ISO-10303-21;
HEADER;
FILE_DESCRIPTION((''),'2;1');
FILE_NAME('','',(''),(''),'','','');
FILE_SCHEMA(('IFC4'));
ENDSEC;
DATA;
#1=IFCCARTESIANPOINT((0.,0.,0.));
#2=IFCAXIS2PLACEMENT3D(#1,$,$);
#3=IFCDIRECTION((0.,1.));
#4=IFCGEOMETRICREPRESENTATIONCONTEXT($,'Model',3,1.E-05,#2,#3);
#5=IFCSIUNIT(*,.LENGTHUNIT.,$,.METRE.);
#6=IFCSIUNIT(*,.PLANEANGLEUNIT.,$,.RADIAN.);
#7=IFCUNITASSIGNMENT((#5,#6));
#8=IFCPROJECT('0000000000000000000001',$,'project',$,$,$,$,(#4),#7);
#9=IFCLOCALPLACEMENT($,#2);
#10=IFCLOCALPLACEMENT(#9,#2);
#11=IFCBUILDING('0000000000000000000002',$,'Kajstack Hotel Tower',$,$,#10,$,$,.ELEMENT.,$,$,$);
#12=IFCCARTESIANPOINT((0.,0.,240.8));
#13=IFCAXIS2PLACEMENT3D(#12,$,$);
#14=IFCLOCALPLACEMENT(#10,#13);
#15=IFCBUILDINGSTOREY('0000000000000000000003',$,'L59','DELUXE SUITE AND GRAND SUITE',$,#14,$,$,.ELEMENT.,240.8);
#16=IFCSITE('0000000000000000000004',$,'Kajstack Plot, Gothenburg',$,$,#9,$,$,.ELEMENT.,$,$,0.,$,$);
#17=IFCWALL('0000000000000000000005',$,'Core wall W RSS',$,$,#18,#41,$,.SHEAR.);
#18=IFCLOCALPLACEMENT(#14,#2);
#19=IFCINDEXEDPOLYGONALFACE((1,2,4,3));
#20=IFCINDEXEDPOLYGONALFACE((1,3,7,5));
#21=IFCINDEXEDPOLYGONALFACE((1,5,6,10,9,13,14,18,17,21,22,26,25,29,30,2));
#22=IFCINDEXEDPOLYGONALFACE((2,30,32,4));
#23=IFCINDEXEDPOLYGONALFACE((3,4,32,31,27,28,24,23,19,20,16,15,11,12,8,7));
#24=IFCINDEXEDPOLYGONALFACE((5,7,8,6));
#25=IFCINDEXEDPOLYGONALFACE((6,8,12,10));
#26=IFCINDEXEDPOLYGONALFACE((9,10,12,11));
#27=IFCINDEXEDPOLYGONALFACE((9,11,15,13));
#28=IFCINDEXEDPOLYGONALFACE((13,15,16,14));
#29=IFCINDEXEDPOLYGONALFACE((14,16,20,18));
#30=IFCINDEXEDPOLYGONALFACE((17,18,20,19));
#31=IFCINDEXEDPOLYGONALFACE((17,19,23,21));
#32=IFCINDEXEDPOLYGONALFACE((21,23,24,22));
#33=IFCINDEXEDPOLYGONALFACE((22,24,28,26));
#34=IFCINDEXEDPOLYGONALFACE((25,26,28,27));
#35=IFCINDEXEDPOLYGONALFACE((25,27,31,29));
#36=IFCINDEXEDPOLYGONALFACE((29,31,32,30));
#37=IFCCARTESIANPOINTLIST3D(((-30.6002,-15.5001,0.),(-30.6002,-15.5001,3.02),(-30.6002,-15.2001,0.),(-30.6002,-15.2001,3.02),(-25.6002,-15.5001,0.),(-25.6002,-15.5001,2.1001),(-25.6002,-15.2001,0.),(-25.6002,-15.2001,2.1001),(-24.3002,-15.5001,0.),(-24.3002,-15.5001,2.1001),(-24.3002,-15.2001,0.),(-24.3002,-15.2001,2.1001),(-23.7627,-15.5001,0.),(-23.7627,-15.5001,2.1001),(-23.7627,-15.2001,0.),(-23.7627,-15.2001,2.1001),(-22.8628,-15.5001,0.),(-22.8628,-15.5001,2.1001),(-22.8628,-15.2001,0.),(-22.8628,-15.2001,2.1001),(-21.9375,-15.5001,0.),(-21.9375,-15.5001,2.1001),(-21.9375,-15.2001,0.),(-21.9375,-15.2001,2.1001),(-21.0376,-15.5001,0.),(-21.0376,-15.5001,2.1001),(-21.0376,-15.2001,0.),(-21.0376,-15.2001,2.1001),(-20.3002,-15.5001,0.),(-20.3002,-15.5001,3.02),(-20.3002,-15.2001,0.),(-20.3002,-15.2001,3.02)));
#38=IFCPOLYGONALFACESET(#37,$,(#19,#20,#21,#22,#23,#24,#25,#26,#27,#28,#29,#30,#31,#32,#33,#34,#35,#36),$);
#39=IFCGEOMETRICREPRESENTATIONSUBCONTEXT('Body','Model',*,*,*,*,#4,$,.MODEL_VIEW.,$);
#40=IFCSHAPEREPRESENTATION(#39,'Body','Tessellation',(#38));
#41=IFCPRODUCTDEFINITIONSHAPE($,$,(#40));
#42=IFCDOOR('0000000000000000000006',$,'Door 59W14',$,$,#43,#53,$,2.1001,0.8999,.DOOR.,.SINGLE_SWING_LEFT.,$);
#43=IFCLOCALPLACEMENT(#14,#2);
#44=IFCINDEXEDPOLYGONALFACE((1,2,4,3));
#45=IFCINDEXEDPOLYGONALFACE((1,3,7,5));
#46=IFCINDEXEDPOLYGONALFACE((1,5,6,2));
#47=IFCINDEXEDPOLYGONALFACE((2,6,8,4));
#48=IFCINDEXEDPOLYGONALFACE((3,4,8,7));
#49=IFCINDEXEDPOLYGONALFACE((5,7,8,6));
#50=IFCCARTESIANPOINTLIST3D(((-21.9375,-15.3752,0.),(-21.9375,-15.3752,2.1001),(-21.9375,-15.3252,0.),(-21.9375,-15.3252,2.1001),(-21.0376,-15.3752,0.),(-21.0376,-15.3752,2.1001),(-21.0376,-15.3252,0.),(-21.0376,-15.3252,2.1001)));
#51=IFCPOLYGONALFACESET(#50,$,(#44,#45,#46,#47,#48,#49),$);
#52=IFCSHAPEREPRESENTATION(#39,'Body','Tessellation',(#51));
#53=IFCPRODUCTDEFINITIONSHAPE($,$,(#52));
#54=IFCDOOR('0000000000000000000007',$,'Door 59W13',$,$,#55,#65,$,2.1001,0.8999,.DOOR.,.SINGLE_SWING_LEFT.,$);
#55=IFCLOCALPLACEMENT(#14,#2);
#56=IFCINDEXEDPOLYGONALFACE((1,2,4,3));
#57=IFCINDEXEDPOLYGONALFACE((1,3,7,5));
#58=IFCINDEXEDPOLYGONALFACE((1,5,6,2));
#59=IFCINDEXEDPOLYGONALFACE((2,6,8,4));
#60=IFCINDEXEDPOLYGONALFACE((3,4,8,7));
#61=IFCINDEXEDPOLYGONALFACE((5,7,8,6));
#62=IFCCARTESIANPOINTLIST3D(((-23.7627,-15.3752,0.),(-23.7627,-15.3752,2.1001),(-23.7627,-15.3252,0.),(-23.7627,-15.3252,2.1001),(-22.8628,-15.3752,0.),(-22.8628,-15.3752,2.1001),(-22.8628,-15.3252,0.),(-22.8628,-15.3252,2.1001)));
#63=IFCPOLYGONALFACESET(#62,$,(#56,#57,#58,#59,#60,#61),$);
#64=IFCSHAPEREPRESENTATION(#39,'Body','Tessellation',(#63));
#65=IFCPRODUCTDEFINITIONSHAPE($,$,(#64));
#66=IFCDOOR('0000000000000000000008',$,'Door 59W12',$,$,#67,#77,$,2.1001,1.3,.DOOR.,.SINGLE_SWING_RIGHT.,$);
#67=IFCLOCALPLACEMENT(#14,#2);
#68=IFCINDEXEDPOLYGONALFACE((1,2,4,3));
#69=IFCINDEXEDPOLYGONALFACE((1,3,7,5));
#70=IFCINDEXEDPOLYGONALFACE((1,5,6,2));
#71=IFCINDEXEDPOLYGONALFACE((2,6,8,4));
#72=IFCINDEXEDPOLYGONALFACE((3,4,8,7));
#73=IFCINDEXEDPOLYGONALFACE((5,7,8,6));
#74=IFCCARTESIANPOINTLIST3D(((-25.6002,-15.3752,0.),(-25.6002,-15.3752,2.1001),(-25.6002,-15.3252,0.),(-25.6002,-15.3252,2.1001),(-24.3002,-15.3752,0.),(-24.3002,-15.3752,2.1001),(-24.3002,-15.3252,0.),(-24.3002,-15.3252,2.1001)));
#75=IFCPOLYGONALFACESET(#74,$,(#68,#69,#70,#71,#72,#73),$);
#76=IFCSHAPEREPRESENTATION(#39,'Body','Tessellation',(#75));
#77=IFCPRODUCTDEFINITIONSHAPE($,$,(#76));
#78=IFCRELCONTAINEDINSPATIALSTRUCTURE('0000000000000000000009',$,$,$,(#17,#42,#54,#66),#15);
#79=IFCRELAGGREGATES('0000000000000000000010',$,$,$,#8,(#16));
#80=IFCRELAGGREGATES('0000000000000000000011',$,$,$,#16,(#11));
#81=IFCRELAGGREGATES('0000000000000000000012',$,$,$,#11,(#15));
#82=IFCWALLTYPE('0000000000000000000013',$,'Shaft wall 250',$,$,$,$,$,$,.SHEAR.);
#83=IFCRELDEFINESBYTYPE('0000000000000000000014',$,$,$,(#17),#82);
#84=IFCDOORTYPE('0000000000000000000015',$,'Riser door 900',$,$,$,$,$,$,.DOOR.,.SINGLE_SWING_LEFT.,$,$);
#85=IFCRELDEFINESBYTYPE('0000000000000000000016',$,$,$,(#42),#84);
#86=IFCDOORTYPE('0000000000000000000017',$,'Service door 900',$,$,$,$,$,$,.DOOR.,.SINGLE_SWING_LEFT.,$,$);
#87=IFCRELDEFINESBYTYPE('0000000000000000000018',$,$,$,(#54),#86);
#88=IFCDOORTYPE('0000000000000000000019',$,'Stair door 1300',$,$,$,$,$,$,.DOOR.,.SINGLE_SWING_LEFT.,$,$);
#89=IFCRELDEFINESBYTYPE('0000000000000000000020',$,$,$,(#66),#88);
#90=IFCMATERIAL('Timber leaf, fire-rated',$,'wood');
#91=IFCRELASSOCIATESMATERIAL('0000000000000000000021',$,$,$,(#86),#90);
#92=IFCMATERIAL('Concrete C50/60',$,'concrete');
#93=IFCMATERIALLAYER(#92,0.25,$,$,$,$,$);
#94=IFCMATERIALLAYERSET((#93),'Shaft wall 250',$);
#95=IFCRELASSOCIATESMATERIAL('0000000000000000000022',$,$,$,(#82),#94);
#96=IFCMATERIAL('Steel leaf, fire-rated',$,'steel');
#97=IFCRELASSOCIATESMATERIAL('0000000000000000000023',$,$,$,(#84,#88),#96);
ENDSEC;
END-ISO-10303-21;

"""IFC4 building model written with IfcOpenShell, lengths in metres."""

from ifc_helpers import new_model, si_unit, direction, frame, frame_2d, origin, place, context, subcontext, project, spatial, rectangle, extrude, material, layer, layer_set, type_object, element, fill, save


model = new_model("IFC4")

# Units and contexts
model_context = context("Model", 3, precision=1e-05, world=origin(), true_north=direction((0.0, 1.0)))
body_context = subcontext(model_context, "Body", "Model", "MODEL_VIEW")
ifc_project = project(units=[si_unit("LENGTHUNIT", "METRE"), si_unit("PLANEANGLEUNIT", "RADIAN")], contexts=[model_context])

# Site, building, storey
site_placement = place(None, origin())
site = spatial("IfcSite", under=ifc_project, at=site_placement, Name="Kajstack Plot, Gothenburg", CompositionType="ELEMENT", RefElevation=0.0)
building_placement = place(site_placement, origin())
building = spatial("IfcBuilding", under=site, at=building_placement, Name="Kajstack Hotel Tower", CompositionType="ELEMENT")
storey_placement = place(building_placement, frame((0.0, 0.0, 240.8)))
storey = spatial("IfcBuildingStorey", under=building, at=storey_placement, Name="L59", Description="DELUXE SUITE AND GRAND SUITE", CompositionType="ELEMENT", Elevation=240.8)

# Shared definitions
ifc_material_1 = material(Name="Timber leaf, fire-rated", Category="wood")
door_type_1 = type_object("IfcDoorType", Name="Service door 900", OperationType="SINGLE_SWING_LEFT", PredefinedType="DOOR", material=ifc_material_1)

# Wall, openings, doors
ifc_material_2 = material(Name="Concrete C50/60", Category="concrete")
ifc_layer_1 = layer(ifc_material_2, 0.25)
ifc_layer_set_1 = layer_set([ifc_layer_1], Name="Shaft wall 250")
wall_type_1 = type_object("IfcWallType", Name="Shaft wall 250", PredefinedType="SHEAR", material=ifc_layer_set_1)
wall_1_placement = place(storey_placement, frame((-30.6001, -15.3501, 0.0), z_axis=(0.0, 0.0, 1.0), x_axis=(1.0, 0.0, 0.0)))
wall_1 = element("IfcWall", 1, at=wall_1_placement, inside=storey, type_object=wall_type_1, Name="Core wall W RSS", PredefinedType="SHEAR", context=body_context, shape_type="SweptSolid", body=[
    extrude(rectangle(XDim=10.3, YDim=0.3, at=frame_2d((5.1499, 0.0))), origin(), (0.0, 0.0, 1.0), 3.02),
])
opening_1_placement = place(wall_1_placement, frame((5.0, 0.0, 0.0)))
opening_1 = element("IfcOpeningElement", 2, at=opening_1_placement, cuts=wall_1, PredefinedType="OPENING", context=body_context, shape_type="SweptSolid", body=[
    extrude(rectangle(XDim=1.3, YDim=2.1001, at=frame_2d((0.6499, 1.05))), frame((0.0, 0.1599, 0.0), z_axis=(0.0, -1.0, 0.0), x_axis=(1.0, 0.0, 0.0)), (0.0, 0.0, 1.0), 0.3201),
])
opening_2_placement = place(wall_1_placement, frame((6.8374, 0.0, 0.0)))
opening_2 = element("IfcOpeningElement", 3, at=opening_2_placement, cuts=wall_1, PredefinedType="OPENING", context=body_context, shape_type="SweptSolid", body=[
    extrude(rectangle(XDim=0.8999, YDim=2.1001, at=frame_2d((0.45, 1.05))), frame((0.0, 0.1599, 0.0), z_axis=(0.0, -1.0, 0.0), x_axis=(1.0, 0.0, 0.0)), (0.0, 0.0, 1.0), 0.3201),
])
opening_3_placement = place(wall_1_placement, frame((8.6626, 0.0, 0.0)))
opening_3 = element("IfcOpeningElement", 4, at=opening_3_placement, cuts=wall_1, PredefinedType="OPENING", context=body_context, shape_type="SweptSolid", body=[
    extrude(rectangle(XDim=0.8999, YDim=2.1001, at=frame_2d((0.45, 1.05))), frame((0.0, 0.1599, 0.0), z_axis=(0.0, -1.0, 0.0), x_axis=(1.0, 0.0, 0.0)), (0.0, 0.0, 1.0), 0.3201),
])
ifc_material_3 = material(Name="Steel leaf, fire-rated", Category="steel")
door_type_2 = type_object("IfcDoorType", Name="Riser door 900", OperationType="SINGLE_SWING_LEFT", PredefinedType="DOOR", material=ifc_material_3)
door_1_placement = place(opening_3_placement, origin())
door_1 = element("IfcDoor", 5, at=door_1_placement, inside=storey, type_object=door_type_2, Name="Door 59W14", OperationType="SINGLE_SWING_LEFT", OverallHeight=2.1001, OverallWidth=0.8999, PredefinedType="DOOR", context=body_context, shape_type="SweptSolid", body=[
    extrude(rectangle(XDim=0.8999, YDim=2.1001, at=frame_2d((0.45, 1.05))), frame((0.0, 0.0249, 0.0), z_axis=(0.0, -1.0, 0.0), x_axis=(1.0, 0.0, 0.0)), (0.0, 0.0, 1.0), 0.05),
])
fill(opening_3, door_1)
door_2_placement = place(opening_2_placement, origin())
door_2 = element("IfcDoor", 6, at=door_2_placement, inside=storey, type_object=door_type_1, Name="Door 59W13", OperationType="SINGLE_SWING_LEFT", OverallHeight=2.1001, OverallWidth=0.8999, PredefinedType="DOOR", context=body_context, shape_type="SweptSolid", body=[
    extrude(rectangle(XDim=0.8999, YDim=2.1001, at=frame_2d((0.45, 1.05))), frame((0.0, 0.0249, 0.0), z_axis=(0.0, -1.0, 0.0), x_axis=(1.0, 0.0, 0.0)), (0.0, 0.0, 1.0), 0.05),
])
fill(opening_2, door_2)
door_type_3 = type_object("IfcDoorType", Name="Stair door 1300", OperationType="SINGLE_SWING_LEFT", PredefinedType="DOOR", material=ifc_material_3)
door_3_placement = place(opening_1_placement, origin())
door_3 = element("IfcDoor", 7, at=door_3_placement, inside=storey, type_object=door_type_3, Name="Door 59W12", OperationType="SINGLE_SWING_RIGHT", OverallHeight=2.1001, OverallWidth=1.3, PredefinedType="DOOR", context=body_context, shape_type="SweptSolid", body=[
    extrude(rectangle(XDim=1.3, YDim=2.1001, at=frame_2d((0.6499, 1.05))), frame((0.0, 0.0249, 0.0), z_axis=(0.0, -1.0, 0.0), x_axis=(1.0, 0.0, 0.0)), (0.0, 0.0, 1.0), 0.05),
])
fill(opening_1, door_3)

save(model, "model.ifc")
